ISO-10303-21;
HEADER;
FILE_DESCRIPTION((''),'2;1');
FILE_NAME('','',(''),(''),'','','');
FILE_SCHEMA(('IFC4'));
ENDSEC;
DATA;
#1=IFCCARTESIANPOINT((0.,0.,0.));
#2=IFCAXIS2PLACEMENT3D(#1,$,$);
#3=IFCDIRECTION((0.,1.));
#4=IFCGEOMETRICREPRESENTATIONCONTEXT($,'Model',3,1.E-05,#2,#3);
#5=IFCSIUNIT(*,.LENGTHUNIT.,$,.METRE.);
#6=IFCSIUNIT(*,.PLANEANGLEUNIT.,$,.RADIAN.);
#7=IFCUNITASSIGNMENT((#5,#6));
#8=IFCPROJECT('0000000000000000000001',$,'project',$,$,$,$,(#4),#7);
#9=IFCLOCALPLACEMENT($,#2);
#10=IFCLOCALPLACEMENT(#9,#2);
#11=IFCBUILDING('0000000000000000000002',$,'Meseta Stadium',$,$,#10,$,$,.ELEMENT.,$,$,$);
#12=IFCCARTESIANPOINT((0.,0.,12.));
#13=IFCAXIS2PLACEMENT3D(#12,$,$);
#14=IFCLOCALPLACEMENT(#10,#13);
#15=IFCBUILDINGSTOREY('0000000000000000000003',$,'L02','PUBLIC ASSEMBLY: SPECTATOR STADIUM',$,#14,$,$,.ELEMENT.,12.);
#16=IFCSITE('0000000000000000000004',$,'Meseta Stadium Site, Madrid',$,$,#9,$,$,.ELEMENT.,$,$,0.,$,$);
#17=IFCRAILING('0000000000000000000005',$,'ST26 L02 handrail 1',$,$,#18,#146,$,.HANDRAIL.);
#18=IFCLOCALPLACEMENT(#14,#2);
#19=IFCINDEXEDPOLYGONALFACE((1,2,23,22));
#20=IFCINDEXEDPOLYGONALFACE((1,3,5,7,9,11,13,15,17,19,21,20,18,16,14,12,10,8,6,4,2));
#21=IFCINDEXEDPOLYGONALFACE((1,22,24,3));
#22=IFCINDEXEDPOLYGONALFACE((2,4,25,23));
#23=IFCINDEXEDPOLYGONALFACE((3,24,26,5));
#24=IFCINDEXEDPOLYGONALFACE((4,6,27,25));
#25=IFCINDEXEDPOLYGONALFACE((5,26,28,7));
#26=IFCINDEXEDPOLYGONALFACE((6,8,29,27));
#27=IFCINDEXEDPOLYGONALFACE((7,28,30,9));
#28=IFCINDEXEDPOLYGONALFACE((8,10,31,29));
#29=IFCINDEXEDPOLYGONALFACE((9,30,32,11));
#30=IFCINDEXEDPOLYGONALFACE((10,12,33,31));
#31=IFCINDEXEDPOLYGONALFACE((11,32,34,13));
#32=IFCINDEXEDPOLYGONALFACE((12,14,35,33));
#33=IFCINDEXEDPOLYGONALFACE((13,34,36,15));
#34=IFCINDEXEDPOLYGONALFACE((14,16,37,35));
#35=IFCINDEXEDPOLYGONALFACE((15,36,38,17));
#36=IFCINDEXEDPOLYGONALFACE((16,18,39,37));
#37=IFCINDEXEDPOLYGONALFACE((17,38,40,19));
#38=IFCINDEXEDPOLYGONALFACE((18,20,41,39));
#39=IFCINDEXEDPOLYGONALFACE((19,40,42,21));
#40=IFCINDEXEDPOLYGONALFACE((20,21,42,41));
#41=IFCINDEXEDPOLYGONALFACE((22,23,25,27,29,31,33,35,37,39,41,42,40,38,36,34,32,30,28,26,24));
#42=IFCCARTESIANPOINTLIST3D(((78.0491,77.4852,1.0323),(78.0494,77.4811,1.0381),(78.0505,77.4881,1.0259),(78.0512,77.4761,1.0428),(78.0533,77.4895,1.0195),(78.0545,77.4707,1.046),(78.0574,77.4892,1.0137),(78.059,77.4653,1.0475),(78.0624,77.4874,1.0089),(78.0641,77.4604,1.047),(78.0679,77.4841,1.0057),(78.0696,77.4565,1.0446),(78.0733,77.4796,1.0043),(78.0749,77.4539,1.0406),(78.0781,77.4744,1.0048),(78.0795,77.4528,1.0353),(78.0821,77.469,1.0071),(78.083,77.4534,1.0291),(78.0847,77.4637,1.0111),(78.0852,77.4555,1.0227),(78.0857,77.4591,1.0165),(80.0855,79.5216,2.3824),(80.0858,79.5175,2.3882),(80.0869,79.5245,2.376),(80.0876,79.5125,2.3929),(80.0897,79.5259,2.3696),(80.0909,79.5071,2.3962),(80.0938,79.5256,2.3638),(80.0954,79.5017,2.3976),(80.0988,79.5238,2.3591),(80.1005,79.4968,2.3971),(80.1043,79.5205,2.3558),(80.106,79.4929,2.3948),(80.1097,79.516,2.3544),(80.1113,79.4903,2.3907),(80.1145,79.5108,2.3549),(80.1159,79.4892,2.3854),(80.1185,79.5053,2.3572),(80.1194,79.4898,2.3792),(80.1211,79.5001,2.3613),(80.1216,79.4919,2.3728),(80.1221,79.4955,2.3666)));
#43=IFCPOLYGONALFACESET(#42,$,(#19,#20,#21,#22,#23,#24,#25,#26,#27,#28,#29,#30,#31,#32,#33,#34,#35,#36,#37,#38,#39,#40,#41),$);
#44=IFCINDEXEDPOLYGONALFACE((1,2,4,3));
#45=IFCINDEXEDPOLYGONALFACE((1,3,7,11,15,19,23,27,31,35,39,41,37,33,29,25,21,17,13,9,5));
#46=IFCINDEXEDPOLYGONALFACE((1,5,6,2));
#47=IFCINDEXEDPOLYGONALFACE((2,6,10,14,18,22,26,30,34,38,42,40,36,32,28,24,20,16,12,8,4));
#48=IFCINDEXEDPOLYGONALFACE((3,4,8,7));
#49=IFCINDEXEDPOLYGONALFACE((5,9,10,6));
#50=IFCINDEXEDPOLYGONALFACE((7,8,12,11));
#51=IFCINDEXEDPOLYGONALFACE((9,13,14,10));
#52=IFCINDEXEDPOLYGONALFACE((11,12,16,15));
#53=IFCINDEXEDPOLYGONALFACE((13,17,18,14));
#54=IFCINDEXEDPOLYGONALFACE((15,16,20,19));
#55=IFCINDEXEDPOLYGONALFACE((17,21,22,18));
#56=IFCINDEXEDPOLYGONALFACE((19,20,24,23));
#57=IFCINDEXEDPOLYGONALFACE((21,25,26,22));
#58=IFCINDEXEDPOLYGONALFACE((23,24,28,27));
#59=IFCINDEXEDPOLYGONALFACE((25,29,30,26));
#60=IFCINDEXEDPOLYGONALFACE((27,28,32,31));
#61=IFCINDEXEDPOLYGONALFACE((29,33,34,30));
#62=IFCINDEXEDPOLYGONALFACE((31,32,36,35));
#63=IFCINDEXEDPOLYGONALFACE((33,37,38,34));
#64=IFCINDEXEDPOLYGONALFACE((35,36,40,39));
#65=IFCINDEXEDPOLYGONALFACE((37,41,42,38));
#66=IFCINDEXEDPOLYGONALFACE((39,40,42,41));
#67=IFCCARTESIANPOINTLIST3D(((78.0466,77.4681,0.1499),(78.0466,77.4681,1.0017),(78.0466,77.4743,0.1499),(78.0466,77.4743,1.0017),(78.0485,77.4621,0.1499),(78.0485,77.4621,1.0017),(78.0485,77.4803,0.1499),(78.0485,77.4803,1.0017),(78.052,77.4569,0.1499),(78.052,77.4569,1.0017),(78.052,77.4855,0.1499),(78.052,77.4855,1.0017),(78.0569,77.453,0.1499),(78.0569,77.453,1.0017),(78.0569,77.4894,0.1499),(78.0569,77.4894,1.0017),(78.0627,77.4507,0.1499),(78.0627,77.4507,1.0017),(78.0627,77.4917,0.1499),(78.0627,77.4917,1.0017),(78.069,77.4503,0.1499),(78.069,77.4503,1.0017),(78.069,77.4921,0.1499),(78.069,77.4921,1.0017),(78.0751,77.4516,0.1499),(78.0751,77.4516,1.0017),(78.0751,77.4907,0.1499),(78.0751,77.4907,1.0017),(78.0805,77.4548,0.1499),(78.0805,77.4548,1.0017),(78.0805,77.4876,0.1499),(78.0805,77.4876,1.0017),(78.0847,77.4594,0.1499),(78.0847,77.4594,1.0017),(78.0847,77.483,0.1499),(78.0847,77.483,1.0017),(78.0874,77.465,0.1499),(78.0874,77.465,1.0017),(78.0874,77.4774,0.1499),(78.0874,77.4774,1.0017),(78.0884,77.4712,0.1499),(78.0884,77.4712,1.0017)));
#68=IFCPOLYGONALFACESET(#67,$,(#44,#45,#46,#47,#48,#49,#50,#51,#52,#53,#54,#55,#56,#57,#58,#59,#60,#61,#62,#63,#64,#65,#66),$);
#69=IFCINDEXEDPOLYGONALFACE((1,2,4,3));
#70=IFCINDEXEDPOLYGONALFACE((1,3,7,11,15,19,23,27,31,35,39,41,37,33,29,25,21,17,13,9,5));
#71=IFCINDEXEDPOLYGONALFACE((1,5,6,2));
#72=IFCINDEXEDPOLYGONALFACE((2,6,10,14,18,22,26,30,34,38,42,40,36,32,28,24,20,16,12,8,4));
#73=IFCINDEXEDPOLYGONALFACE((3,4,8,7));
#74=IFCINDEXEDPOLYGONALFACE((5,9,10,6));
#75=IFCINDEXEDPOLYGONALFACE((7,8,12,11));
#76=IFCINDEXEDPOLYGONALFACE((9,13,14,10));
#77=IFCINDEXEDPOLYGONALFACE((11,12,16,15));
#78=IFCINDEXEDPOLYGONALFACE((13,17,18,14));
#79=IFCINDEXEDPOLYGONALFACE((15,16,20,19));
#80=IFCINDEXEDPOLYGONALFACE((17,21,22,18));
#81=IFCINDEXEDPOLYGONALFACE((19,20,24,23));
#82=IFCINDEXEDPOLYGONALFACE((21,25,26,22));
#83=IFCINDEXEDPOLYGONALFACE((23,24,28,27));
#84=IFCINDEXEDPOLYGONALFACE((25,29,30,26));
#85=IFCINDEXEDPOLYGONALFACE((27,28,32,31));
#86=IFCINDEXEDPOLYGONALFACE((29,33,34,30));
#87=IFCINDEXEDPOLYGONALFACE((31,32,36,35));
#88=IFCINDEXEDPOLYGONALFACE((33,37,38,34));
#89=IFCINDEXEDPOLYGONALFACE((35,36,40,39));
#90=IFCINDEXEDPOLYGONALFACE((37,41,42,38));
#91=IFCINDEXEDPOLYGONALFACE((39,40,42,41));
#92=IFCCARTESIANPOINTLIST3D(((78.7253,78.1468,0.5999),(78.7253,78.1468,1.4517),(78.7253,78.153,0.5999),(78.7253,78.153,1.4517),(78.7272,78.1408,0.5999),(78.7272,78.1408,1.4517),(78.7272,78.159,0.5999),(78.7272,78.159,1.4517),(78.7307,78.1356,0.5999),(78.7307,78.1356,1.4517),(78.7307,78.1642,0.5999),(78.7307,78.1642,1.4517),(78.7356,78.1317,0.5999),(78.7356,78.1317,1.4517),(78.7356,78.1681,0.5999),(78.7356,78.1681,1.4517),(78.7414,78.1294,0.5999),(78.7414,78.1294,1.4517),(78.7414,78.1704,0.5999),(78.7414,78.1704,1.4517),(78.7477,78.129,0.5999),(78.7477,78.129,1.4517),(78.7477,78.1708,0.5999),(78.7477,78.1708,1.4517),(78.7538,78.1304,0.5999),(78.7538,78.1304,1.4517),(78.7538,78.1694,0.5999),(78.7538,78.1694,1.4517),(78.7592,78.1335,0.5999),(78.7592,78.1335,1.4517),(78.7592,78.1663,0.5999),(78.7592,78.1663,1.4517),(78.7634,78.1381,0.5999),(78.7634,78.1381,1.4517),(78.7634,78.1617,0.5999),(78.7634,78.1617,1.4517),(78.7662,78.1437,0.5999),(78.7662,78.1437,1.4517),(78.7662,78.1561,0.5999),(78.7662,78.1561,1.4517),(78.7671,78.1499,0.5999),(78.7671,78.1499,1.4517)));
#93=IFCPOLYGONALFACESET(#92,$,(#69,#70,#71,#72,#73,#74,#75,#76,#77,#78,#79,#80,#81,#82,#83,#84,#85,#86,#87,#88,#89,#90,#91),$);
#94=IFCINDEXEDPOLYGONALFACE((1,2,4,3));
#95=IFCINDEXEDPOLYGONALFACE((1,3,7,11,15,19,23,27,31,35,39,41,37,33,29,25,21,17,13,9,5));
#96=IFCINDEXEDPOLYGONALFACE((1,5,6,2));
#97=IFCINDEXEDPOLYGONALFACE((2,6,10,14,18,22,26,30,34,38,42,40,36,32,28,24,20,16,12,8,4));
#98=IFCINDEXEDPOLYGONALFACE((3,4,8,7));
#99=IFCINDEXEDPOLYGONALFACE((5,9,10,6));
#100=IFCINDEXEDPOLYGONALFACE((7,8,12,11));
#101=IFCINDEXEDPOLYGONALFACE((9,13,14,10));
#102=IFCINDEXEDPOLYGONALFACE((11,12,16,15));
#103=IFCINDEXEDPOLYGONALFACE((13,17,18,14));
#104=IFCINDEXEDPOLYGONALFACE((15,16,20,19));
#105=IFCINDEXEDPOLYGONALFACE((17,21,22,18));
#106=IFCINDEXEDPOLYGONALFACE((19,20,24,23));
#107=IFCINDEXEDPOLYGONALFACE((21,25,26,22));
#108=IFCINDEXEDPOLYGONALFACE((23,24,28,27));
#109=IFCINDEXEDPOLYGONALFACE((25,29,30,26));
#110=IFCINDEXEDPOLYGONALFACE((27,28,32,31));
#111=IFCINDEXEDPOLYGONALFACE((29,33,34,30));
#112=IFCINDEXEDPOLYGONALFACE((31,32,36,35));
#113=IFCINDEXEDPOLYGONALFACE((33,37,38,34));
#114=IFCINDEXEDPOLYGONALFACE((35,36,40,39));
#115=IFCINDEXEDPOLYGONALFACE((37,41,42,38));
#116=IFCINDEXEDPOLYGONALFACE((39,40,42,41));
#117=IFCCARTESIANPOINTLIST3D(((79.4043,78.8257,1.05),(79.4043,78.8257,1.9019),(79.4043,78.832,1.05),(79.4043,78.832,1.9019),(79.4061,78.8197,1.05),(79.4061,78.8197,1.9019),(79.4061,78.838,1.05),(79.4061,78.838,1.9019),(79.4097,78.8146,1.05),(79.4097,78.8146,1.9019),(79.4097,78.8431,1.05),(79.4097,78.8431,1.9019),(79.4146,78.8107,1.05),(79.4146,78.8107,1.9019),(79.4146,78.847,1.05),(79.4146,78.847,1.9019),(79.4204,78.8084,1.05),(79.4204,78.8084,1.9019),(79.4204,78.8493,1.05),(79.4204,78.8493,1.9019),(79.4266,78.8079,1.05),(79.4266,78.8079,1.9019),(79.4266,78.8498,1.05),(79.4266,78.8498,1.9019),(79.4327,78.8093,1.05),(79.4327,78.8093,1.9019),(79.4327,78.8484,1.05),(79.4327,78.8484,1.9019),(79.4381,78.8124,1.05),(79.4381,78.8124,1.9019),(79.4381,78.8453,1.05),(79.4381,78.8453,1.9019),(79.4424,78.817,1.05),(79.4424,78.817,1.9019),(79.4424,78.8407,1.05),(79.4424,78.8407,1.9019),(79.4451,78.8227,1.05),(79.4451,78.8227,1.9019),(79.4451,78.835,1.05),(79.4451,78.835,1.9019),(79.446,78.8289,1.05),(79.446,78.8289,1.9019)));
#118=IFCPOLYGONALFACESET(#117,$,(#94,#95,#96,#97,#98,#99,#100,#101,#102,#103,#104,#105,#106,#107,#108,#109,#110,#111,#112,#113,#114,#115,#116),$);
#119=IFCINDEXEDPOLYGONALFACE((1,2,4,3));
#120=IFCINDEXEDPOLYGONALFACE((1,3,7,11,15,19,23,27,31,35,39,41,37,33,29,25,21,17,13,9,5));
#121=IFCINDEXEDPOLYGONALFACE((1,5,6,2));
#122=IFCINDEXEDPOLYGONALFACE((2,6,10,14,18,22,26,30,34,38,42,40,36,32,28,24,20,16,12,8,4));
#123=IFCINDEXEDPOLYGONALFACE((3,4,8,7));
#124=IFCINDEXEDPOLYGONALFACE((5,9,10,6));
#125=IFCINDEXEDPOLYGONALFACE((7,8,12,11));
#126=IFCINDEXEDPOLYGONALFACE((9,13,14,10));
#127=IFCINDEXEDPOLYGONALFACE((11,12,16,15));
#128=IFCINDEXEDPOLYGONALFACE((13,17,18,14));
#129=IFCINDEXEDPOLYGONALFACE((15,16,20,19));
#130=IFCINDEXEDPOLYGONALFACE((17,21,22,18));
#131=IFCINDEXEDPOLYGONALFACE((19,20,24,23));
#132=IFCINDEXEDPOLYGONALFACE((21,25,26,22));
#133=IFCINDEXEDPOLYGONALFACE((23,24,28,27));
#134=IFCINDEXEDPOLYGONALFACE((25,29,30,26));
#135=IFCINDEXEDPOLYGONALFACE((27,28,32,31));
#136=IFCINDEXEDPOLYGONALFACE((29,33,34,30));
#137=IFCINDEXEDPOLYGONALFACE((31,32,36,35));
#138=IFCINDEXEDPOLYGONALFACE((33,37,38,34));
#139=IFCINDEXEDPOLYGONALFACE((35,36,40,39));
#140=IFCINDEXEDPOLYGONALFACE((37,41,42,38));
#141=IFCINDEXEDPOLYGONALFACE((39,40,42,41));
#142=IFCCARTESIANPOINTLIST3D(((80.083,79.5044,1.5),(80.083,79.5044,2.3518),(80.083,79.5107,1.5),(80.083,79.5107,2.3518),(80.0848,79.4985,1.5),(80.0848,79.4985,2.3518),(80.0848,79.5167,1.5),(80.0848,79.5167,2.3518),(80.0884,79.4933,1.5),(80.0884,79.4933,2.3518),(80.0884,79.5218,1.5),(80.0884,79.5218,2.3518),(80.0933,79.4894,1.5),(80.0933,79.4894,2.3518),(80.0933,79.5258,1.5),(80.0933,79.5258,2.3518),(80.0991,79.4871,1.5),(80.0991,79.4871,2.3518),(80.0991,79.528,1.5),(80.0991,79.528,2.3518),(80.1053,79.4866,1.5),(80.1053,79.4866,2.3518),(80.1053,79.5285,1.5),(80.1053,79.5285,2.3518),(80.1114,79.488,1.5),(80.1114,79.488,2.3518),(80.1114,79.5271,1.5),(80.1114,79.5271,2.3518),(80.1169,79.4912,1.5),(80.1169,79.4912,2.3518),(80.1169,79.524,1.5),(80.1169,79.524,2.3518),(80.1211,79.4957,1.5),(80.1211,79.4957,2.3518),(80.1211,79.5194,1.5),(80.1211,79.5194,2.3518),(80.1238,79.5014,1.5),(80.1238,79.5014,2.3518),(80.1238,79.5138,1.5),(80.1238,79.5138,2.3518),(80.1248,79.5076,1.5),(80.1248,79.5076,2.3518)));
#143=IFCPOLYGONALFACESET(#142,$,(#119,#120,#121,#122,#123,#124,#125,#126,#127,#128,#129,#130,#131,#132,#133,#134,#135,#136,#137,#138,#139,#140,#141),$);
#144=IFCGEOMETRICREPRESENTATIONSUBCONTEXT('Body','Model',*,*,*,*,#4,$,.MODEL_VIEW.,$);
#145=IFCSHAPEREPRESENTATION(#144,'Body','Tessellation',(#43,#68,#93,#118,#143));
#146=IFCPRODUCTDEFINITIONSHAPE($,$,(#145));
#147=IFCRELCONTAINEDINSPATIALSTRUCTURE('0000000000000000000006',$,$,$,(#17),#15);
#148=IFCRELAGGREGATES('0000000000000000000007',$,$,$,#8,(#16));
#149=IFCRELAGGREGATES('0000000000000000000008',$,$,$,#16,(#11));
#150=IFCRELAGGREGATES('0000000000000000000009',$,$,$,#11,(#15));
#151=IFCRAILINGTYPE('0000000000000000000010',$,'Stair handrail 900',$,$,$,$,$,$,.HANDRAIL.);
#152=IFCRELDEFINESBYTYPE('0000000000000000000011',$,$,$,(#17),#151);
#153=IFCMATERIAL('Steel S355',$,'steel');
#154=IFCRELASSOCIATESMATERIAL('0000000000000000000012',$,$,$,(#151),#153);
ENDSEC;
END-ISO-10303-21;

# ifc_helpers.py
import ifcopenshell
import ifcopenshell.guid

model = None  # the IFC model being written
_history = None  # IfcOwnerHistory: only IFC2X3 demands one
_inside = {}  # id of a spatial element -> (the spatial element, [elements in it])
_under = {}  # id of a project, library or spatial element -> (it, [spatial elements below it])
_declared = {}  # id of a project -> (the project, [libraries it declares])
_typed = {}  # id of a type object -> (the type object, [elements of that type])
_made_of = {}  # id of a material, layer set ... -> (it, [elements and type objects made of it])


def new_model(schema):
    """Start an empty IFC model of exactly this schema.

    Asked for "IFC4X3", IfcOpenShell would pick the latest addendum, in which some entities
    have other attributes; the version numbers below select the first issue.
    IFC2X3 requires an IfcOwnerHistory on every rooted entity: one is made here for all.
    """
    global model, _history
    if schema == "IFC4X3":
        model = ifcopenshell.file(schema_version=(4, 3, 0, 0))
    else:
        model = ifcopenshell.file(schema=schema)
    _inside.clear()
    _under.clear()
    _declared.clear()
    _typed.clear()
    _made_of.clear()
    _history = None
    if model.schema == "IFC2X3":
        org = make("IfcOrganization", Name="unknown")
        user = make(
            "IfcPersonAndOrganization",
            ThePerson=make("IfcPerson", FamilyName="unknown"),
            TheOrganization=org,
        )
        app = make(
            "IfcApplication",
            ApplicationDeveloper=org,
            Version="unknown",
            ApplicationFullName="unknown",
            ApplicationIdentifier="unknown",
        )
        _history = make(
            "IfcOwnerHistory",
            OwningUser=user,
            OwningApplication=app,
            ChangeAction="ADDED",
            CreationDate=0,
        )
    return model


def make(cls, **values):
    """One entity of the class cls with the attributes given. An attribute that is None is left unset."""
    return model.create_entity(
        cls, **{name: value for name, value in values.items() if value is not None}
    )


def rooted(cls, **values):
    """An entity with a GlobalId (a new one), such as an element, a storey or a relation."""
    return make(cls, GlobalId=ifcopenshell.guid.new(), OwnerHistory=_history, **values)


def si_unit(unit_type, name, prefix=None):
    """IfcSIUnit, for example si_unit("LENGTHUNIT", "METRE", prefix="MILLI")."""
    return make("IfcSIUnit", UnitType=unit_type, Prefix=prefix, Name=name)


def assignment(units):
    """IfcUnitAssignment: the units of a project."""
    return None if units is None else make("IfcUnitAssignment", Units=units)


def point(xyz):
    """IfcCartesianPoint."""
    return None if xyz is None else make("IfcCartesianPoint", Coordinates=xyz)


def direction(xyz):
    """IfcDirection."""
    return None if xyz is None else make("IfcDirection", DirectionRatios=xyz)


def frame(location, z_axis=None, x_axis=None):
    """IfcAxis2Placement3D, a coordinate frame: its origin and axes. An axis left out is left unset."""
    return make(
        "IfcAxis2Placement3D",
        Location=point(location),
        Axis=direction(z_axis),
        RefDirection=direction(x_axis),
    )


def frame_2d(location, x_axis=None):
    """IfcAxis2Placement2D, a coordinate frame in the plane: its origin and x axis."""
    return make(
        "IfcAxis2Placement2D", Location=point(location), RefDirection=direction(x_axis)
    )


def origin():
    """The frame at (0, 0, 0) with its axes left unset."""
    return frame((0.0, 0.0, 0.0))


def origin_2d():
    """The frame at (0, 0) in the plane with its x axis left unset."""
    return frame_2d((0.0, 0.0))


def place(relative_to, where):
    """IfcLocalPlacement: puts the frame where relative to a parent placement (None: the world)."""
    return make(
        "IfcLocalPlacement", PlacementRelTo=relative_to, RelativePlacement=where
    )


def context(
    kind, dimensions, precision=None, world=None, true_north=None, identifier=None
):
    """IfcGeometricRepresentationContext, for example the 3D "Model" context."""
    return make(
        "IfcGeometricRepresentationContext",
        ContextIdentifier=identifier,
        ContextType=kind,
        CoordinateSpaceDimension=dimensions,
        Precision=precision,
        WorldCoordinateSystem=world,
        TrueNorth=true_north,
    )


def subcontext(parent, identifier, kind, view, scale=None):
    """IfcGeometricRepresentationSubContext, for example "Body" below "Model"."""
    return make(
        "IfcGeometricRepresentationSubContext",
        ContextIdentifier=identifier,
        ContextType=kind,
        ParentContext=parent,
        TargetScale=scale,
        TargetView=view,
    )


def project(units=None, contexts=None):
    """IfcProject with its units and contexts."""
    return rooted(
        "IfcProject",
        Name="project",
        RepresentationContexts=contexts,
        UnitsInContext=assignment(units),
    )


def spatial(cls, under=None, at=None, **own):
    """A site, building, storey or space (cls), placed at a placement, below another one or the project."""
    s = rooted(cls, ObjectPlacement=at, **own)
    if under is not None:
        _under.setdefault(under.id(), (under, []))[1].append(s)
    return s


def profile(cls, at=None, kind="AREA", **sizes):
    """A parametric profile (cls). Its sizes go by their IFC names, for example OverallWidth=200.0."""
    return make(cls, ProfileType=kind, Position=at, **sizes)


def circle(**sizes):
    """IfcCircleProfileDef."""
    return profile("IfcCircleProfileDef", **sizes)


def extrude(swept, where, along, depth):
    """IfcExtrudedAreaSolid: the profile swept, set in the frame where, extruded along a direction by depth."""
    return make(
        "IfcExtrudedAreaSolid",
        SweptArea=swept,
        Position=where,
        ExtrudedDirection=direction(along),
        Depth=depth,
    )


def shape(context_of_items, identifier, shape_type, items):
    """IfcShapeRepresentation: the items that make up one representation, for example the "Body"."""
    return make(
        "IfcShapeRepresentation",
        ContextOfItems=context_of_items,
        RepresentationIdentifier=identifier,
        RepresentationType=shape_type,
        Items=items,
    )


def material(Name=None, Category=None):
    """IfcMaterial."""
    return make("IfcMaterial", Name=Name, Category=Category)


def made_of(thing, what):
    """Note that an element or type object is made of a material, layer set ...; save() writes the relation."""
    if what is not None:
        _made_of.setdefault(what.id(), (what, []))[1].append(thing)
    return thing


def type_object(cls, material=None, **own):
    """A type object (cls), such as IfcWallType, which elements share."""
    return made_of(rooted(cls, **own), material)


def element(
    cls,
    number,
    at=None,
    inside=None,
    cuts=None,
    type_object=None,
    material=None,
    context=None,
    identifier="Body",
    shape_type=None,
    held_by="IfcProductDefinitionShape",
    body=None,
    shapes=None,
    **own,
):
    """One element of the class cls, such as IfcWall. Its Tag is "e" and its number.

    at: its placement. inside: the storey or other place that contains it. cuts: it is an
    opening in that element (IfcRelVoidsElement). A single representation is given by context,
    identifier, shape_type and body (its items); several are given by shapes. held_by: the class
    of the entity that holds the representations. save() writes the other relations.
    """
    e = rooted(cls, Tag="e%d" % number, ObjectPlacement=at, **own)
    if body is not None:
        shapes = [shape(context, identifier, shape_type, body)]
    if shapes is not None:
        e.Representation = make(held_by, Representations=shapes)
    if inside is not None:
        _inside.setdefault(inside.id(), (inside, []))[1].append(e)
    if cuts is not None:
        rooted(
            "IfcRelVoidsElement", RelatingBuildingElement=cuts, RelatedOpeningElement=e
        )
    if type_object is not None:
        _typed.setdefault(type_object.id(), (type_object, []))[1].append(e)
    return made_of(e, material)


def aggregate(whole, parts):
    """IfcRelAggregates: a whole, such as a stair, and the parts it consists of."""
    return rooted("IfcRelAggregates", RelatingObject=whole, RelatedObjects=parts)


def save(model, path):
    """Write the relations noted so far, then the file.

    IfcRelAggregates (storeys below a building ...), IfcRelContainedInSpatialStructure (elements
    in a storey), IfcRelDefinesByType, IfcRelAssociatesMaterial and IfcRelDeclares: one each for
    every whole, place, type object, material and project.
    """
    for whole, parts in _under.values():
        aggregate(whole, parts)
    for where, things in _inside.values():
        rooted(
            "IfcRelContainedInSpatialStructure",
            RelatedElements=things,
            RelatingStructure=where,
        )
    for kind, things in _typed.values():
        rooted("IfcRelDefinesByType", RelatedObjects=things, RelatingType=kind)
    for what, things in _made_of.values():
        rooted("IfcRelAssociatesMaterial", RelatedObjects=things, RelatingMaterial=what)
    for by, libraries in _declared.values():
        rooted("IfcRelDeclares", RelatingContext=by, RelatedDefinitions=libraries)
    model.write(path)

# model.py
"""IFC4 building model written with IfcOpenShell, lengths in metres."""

from ifc_helpers import new_model, si_unit, direction, frame, origin, origin_2d, place, context, subcontext, project, spatial, circle, extrude, material, type_object, element, save


model = new_model("IFC4")

# Units and contexts
model_context = context("Model", 3, precision=1e-05, world=origin(), true_north=direction((0.0, 1.0)))
body_context = subcontext(model_context, "Body", "Model", "MODEL_VIEW")
ifc_project = project(units=[si_unit("LENGTHUNIT", "METRE"), si_unit("PLANEANGLEUNIT", "RADIAN")], contexts=[model_context])

# Site, building, storey
site_placement = place(None, origin())
site = spatial("IfcSite", under=ifc_project, at=site_placement, Name="Meseta Stadium Site, Madrid", CompositionType="ELEMENT", RefElevation=0.0)
building_placement = place(site_placement, origin())
building = spatial("IfcBuilding", under=site, at=building_placement, Name="Meseta Stadium", CompositionType="ELEMENT")
storey_placement = place(building_placement, frame((0.0, 0.0, 12.0)))
storey = spatial("IfcBuildingStorey", under=building, at=storey_placement, Name="L02", Description="PUBLIC ASSEMBLY: SPECTATOR STADIUM", CompositionType="ELEMENT", Elevation=12.0)

# Railing
ifc_material_1 = material(Name="Steel S355", Category="steel")
railing_type_1 = type_object("IfcRailingType", Name="Stair handrail 900", PredefinedType="HANDRAIL", material=ifc_material_1)
for number, where, name in (
    (1, (78.0674, 77.4712, 0.1499), "ST26 L02 handrail 1"),
):
    element("IfcRailing", number, at=place(storey_placement, frame(where)), inside=storey, type_object=railing_type_1, Name=name, PredefinedType="HANDRAIL", context=body_context, shape_type="SweptSolid", body=[
        extrude(circle(Radius=0.0239, at=origin_2d()), frame((0.0, 0.0, 0.876), z_axis=(0.640243, 0.640243, 0.424475), x_axis=(-0.707107, 0.707107, 0.0)), (0.0, 0.0, 1.0), 3.1807),
        extrude(circle(Radius=0.021, at=origin_2d()), origin(), (0.0, 0.0, 1.0), 0.8518),
        extrude(circle(Radius=0.021, at=origin_2d()), frame((0.6787, 0.6787, 0.45)), (0.0, 0.0, 1.0), 0.8518),
        extrude(circle(Radius=0.021, at=origin_2d()), frame((1.3577, 1.3577, 0.9001)), (0.0, 0.0, 1.0), 0.8518),
        extrude(circle(Radius=0.021, at=origin_2d()), frame((2.0364, 2.0364, 1.3501)), (0.0, 0.0, 1.0), 0.8518),
    ])

save(model, "model.ifc")
